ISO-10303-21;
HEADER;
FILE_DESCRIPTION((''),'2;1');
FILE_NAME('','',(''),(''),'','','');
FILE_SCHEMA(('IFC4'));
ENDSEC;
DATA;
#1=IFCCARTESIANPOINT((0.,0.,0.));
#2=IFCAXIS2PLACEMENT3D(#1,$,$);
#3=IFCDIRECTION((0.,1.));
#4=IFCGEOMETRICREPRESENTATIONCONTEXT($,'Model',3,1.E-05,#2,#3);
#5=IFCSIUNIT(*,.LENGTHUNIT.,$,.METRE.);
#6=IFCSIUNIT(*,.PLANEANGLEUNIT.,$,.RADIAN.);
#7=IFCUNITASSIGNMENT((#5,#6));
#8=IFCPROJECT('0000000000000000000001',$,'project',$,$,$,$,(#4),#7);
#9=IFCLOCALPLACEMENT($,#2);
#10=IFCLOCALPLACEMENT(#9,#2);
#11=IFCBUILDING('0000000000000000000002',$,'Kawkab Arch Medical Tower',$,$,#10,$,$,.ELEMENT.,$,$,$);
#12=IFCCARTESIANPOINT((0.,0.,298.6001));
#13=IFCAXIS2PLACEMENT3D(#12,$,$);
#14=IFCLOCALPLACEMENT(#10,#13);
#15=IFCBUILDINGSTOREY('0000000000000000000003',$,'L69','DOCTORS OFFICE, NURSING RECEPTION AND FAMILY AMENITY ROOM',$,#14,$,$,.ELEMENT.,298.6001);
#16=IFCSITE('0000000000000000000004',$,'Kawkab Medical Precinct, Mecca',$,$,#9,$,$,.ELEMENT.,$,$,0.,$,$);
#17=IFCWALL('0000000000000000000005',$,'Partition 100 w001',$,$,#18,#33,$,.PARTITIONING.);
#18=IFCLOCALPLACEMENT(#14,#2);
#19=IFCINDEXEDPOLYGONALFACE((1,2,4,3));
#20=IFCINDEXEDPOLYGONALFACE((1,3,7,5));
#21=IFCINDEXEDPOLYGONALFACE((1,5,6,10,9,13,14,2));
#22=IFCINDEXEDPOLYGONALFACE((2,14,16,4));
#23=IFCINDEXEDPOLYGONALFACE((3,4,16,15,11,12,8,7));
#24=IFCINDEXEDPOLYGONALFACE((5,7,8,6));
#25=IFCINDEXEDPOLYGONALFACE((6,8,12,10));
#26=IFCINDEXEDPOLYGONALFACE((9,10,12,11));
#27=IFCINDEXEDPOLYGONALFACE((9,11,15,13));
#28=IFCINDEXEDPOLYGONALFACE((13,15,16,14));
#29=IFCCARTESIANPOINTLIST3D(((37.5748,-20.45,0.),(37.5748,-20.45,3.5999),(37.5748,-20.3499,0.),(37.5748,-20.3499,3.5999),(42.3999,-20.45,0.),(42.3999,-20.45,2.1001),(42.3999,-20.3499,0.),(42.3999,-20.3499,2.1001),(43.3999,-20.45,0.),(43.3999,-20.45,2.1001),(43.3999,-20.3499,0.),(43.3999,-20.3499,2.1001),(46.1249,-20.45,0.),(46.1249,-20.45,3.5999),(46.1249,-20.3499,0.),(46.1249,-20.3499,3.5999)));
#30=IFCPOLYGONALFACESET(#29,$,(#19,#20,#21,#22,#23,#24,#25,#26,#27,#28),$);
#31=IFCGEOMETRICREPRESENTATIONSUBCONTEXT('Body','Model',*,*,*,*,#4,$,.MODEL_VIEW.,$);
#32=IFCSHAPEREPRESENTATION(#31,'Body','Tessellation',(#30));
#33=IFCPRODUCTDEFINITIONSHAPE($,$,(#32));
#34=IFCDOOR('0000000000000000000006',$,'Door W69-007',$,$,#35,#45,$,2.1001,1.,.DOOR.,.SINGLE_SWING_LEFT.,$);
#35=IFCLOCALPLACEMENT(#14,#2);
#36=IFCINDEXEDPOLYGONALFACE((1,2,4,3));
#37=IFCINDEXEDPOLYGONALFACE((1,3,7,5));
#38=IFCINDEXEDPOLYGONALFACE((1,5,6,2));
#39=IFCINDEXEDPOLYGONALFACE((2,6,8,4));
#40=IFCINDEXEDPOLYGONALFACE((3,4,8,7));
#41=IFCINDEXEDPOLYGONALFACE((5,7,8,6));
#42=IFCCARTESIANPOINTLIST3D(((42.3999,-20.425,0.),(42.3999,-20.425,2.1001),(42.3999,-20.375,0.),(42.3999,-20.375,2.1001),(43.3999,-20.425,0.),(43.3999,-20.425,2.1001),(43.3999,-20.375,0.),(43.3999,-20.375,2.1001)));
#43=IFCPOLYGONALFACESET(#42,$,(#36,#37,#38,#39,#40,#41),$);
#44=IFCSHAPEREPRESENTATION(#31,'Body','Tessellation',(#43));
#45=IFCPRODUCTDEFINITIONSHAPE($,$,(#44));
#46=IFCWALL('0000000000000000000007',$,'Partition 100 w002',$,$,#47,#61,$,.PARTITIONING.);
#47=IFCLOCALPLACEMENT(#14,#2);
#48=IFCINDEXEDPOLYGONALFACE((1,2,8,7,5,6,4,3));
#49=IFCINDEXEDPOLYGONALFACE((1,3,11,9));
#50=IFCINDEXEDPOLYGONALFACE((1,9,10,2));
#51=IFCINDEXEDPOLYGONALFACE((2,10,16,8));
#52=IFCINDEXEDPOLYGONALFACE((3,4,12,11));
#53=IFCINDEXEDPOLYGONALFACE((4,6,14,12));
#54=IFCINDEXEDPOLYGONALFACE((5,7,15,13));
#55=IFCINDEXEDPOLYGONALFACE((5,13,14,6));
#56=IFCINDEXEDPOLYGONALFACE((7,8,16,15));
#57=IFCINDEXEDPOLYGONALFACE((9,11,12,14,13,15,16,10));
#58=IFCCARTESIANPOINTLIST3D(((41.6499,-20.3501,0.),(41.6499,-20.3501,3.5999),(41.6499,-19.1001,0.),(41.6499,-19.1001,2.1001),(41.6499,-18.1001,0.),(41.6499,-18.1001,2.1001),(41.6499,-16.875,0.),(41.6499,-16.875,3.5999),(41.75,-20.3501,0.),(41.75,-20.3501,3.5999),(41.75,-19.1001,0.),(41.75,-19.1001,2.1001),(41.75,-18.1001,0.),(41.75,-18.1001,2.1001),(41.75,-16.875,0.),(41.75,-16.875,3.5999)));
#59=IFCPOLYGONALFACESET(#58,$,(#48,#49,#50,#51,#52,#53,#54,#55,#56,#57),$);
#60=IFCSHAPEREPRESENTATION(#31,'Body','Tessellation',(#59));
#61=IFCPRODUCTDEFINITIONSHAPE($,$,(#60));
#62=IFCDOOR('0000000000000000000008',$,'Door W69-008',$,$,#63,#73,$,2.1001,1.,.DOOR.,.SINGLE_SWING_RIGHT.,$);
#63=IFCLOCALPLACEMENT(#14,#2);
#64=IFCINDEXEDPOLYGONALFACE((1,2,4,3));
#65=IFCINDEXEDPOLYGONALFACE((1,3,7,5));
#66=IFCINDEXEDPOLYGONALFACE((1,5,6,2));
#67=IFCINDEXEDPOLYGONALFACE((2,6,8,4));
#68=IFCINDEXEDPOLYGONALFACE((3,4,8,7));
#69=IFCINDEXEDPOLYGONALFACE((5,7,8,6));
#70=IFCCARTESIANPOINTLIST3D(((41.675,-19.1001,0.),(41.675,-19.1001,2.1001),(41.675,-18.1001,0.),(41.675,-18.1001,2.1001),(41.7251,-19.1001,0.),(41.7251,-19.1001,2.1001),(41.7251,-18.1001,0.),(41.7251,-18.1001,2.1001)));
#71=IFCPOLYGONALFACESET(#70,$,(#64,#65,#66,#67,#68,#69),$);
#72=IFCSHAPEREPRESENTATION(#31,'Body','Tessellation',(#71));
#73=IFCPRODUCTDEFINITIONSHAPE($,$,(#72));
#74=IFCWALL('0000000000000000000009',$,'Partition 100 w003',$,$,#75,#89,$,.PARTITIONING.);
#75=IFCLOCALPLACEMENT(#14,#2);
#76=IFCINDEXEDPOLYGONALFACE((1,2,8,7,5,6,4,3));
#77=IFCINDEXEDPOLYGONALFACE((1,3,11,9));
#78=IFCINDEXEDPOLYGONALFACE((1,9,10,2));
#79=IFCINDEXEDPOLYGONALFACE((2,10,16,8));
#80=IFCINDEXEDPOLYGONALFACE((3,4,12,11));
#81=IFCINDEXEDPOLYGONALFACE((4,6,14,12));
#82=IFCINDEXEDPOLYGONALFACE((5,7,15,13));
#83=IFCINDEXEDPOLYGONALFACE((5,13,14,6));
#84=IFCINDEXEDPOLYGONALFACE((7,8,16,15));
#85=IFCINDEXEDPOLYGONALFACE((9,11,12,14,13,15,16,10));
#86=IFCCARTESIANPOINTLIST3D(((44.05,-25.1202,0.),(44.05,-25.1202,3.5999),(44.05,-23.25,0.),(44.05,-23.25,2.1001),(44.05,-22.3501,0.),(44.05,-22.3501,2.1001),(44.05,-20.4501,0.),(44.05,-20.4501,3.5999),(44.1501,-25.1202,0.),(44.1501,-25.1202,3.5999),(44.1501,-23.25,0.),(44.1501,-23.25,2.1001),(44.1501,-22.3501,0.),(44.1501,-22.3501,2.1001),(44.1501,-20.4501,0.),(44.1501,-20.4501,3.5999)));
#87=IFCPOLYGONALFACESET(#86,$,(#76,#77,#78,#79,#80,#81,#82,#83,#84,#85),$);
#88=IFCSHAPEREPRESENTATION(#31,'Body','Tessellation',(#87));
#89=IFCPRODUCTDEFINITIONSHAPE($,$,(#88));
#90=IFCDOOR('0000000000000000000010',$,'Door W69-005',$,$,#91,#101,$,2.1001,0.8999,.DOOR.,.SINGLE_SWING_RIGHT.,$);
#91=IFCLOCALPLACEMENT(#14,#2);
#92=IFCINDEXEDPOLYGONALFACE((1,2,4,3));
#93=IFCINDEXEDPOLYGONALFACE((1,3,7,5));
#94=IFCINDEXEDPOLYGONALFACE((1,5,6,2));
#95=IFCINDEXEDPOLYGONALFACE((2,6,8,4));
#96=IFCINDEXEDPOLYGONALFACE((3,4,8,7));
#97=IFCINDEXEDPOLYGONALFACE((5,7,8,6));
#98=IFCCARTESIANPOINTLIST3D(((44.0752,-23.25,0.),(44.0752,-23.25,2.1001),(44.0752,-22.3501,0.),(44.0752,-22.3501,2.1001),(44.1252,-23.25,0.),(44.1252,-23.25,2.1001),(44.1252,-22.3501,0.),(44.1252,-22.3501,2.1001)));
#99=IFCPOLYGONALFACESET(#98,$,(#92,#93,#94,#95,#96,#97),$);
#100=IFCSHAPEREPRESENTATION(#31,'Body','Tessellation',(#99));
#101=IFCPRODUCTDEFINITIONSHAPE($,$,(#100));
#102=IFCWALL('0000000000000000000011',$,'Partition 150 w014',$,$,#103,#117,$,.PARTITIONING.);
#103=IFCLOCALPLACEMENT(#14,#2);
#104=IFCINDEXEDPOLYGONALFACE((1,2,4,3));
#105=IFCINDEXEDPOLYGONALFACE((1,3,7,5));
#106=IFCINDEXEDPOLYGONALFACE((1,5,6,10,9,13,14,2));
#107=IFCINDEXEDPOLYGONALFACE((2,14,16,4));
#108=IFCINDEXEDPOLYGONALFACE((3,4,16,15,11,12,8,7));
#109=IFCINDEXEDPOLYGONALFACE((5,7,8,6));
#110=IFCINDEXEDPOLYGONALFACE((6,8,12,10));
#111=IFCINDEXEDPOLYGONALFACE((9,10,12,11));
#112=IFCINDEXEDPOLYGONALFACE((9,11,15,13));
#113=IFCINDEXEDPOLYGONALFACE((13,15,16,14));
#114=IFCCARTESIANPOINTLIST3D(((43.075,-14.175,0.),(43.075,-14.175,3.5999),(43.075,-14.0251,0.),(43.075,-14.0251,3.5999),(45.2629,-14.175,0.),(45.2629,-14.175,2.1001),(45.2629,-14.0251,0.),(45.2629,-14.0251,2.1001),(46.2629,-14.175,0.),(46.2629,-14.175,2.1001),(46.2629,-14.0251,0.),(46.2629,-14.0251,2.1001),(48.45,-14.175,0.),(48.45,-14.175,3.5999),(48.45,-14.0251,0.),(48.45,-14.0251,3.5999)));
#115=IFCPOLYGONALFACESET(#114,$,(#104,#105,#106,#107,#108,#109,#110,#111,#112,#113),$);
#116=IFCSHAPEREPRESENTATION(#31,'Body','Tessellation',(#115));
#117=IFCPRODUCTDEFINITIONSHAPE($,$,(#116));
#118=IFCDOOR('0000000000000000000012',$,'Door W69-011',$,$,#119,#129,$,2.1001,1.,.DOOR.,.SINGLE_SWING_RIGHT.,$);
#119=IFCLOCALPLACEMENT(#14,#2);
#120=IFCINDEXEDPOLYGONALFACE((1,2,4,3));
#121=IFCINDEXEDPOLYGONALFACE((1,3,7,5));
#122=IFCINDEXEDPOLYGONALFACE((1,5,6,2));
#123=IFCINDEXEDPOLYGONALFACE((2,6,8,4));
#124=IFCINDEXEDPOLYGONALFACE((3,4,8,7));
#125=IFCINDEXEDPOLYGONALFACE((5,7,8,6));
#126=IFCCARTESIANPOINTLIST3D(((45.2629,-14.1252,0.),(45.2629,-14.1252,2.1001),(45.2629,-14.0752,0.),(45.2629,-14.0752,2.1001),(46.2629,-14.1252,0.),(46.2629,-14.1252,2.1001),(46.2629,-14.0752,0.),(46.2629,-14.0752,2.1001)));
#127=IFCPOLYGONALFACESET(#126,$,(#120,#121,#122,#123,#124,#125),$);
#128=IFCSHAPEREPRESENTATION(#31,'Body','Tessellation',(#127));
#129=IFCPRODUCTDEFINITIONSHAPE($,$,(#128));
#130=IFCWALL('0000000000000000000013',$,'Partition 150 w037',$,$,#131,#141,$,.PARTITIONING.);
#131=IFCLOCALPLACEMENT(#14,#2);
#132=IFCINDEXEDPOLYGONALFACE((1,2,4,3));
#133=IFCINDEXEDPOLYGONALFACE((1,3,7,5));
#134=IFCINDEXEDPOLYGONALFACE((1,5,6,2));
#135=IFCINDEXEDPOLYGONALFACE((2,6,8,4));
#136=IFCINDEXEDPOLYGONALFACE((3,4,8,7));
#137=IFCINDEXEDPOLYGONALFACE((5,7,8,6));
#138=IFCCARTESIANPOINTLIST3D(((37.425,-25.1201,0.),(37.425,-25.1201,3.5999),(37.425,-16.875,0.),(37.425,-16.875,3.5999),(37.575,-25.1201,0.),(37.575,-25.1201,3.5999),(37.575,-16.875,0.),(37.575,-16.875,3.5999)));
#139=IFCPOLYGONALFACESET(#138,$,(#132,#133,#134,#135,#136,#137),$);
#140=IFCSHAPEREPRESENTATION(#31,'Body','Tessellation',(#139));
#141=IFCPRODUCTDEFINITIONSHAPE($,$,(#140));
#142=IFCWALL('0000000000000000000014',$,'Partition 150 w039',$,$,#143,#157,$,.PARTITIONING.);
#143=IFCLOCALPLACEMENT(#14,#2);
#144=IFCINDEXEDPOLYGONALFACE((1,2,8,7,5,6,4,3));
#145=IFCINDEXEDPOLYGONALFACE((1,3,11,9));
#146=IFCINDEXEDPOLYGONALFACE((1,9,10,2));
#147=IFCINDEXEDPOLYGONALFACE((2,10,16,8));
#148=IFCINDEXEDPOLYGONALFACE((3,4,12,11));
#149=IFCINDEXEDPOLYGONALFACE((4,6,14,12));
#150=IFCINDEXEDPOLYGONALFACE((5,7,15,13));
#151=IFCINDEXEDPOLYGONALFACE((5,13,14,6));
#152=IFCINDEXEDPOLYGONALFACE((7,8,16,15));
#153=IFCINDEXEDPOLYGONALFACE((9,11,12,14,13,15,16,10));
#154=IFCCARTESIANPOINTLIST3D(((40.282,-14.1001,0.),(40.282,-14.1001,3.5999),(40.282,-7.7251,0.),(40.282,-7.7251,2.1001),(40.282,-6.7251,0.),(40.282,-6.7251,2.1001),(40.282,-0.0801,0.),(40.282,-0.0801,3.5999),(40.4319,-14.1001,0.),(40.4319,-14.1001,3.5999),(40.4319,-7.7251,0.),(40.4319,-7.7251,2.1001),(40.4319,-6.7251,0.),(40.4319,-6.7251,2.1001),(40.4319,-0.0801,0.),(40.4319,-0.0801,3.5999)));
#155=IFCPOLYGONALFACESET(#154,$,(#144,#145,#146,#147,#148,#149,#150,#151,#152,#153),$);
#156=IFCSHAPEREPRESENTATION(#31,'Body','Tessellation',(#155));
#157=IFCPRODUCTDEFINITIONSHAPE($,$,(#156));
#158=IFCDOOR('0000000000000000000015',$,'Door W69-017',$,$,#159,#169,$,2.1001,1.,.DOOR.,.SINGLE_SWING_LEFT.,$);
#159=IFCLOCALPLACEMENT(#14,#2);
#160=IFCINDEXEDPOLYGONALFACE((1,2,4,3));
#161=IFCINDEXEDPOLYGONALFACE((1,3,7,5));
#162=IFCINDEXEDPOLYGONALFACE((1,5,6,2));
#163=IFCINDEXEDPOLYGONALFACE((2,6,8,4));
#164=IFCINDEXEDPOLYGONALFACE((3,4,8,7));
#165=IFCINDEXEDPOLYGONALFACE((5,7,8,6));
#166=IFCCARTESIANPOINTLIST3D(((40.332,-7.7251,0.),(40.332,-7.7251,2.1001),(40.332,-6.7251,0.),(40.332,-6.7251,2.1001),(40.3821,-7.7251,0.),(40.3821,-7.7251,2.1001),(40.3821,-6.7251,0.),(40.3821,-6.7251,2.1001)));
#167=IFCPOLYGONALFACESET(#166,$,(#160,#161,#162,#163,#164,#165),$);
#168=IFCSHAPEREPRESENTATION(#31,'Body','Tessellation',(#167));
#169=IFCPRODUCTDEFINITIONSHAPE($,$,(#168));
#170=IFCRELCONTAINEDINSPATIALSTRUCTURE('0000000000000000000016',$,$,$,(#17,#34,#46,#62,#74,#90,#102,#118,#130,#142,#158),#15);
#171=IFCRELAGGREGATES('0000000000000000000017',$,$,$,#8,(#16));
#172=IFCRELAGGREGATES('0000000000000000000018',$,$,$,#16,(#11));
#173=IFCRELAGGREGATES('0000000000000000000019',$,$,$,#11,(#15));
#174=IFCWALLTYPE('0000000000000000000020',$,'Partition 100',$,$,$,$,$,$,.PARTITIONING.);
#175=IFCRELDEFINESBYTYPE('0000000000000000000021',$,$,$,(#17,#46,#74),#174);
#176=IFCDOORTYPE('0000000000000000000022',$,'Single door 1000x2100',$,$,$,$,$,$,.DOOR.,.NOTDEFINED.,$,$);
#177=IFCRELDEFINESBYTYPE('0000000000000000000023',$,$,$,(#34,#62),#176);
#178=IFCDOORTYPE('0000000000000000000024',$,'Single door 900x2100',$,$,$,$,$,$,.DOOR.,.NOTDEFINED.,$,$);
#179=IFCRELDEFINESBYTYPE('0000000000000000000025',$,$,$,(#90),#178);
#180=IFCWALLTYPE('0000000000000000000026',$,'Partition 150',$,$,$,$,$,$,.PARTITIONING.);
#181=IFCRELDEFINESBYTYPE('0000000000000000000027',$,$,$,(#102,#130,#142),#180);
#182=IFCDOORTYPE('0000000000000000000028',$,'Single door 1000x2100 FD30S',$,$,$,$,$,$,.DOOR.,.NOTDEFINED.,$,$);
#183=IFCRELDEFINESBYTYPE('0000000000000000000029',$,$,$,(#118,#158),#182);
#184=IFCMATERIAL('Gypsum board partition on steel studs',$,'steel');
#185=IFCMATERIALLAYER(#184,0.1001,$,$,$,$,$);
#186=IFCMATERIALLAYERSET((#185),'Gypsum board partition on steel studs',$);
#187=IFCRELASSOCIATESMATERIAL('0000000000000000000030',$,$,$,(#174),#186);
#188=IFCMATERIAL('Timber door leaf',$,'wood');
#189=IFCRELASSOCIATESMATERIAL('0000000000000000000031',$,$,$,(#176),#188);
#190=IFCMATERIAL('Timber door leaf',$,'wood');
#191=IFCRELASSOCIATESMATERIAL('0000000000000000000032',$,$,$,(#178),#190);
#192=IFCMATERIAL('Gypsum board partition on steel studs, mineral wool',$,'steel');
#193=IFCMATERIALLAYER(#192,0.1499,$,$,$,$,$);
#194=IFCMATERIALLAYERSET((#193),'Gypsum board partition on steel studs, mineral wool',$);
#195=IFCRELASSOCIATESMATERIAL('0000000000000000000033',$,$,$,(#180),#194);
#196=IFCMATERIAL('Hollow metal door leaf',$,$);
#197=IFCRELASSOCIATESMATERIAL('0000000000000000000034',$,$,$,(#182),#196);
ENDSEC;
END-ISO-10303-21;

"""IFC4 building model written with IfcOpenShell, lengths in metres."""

from ifc_helpers import new_model, si_unit, direction, frame, frame_2d, origin, place, context, subcontext, project, spatial, rectangle, extrude, material, layer, layer_set, type_object, element, fill, save


model = new_model("IFC4")

# Units and contexts
model_context = context("Model", 3, precision=1e-05, world=origin(), true_north=direction((0.0, 1.0)))
body_context = subcontext(model_context, "Body", "Model", "MODEL_VIEW")
ifc_project = project(units=[si_unit("LENGTHUNIT", "METRE"), si_unit("PLANEANGLEUNIT", "RADIAN")], contexts=[model_context])

# Site, building, storey
site_placement = place(None, origin())
site = spatial("IfcSite", under=ifc_project, at=site_placement, Name="Kawkab Medical Precinct, Mecca", CompositionType="ELEMENT", RefElevation=0.0)
building_placement = place(site_placement, origin())
building = spatial("IfcBuilding", under=site, at=building_placement, Name="Kawkab Arch Medical Tower", CompositionType="ELEMENT")
storey_placement = place(building_placement, frame((0.0, 0.0, 298.6001)))
storey = spatial("IfcBuildingStorey", under=building, at=storey_placement, Name="L69", Description="DOCTORS OFFICE, NURSING RECEPTION AND FAMILY AMENITY ROOM", CompositionType="ELEMENT", Elevation=298.6001)

# Walls, openings, doors
ifc_material_1 = material(Name="Gypsum board partition on steel studs", Category="steel")
ifc_layer_1 = layer(ifc_material_1, 0.1001)
ifc_layer_set_1 = layer_set([ifc_layer_1], Name="Gypsum board partition on steel studs")
wall_type_1 = type_object("IfcWallType", Name="Partition 100", PredefinedType="PARTITIONING", material=ifc_layer_set_1)
wall_1_placement = place(storey_placement, frame((37.575, -20.3999, 0.0), z_axis=(0.0, 0.0, 1.0), x_axis=(1.0, 0.0, 0.0)))
wall_1 = element("IfcWall", 1, at=wall_1_placement, inside=storey, type_object=wall_type_1, Name="Partition 100 w001", PredefinedType="PARTITIONING", context=body_context, shape_type="SweptSolid", body=[
    extrude(rectangle(XDim=8.55, YDim=0.1001, at=frame_2d((4.2749, 0.0))), origin(), (0.0, 0.0, 1.0), 3.5999),
])
opening_1_placement = place(wall_1_placement, frame((4.825, 0.0, 0.0)))
opening_1 = element("IfcOpeningElement", 2, at=opening_1_placement, cuts=wall_1, PredefinedType="OPENING", context=body_context, shape_type="SweptSolid", body=[
    extrude(rectangle(XDim=1.0, YDim=2.1001, at=frame_2d((0.5, 1.05))), frame((0.0, 0.0601, 0.0), z_axis=(0.0, -1.0, 0.0), x_axis=(1.0, 0.0, 0.0)), (0.0, 0.0, 1.0), 0.1201),
])
ifc_material_2 = material(Name="Timber door leaf", Category="wood")
door_type_1 = type_object("IfcDoorType", Name="Single door 1000x2100", OperationType="NOTDEFINED", PredefinedType="DOOR", material=ifc_material_2)
door_1_placement = place(opening_1_placement, origin())
door_1 = element("IfcDoor", 3, at=door_1_placement, inside=storey, type_object=door_type_1, Name="Door W69-007", OperationType="SINGLE_SWING_LEFT", OverallHeight=2.1001, OverallWidth=1.0, PredefinedType="DOOR", context=body_context, shape_type="SweptSolid", body=[
    extrude(rectangle(XDim=1.0, YDim=2.1001, at=frame_2d((0.5, 1.05))), frame((0.0, 0.0249, 0.0), z_axis=(0.0, -1.0, 0.0), x_axis=(1.0, 0.0, 0.0)), (0.0, 0.0, 1.0), 0.05),
])
fill(opening_1, door_1)
wall_2_placement = place(storey_placement, frame((41.7, -20.3501, 0.0), z_axis=(0.0, 0.0, 1.0), x_axis=(0.0, 1.0, 0.0)))
wall_2 = element("IfcWall", 4, at=wall_2_placement, inside=storey, type_object=wall_type_1, Name="Partition 100 w002", PredefinedType="PARTITIONING", context=body_context, shape_type="SweptSolid", body=[
    extrude(rectangle(XDim=3.4751, YDim=0.1001, at=frame_2d((1.7375, 0.0))), origin(), (0.0, 0.0, 1.0), 3.5999),
])
opening_2_placement = place(wall_2_placement, frame((1.25, 0.0, 0.0)))
opening_2 = element("IfcOpeningElement", 5, at=opening_2_placement, cuts=wall_2, PredefinedType="OPENING", context=body_context, shape_type="SweptSolid", body=[
    extrude(rectangle(XDim=1.0, YDim=2.1001, at=frame_2d((0.5, 1.05))), frame((0.0, 0.0601, 0.0), z_axis=(0.0, -1.0, 0.0), x_axis=(1.0, 0.0, 0.0)), (0.0, 0.0, 1.0), 0.1201),
])
door_2_placement = place(opening_2_placement, origin())
door_2 = element("IfcDoor", 6, at=door_2_placement, inside=storey, type_object=door_type_1, Name="Door W69-008", OperationType="SINGLE_SWING_RIGHT", OverallHeight=2.1001, OverallWidth=1.0, PredefinedType="DOOR", context=body_context, shape_type="SweptSolid", body=[
    extrude(rectangle(XDim=1.0, YDim=2.1001, at=frame_2d((0.5, 1.05))), frame((0.0, 0.0249, 0.0), z_axis=(0.0, -1.0, 0.0), x_axis=(1.0, 0.0, 0.0)), (0.0, 0.0, 1.0), 0.05),
])
fill(opening_2, door_2)
wall_3_placement = place(storey_placement, frame((44.1001, -25.1201, 0.0), z_axis=(0.0, 0.0, 1.0), x_axis=(0.0, 1.0, 0.0)))
wall_3 = element("IfcWall", 7, at=wall_3_placement, inside=storey, type_object=wall_type_1, Name="Partition 100 w003", PredefinedType="PARTITIONING", context=body_context, shape_type="SweptSolid", body=[
    extrude(rectangle(XDim=4.6702, YDim=0.1001, at=frame_2d((2.335, 0.0))), origin(), (0.0, 0.0, 1.0), 3.5999),
])
opening_3_placement = place(wall_3_placement, frame((1.8701, 0.0, 0.0)))
opening_3 = element("IfcOpeningElement", 8, at=opening_3_placement, cuts=wall_3, PredefinedType="OPENING", context=body_context, shape_type="SweptSolid", body=[
    extrude(rectangle(XDim=0.8999, YDim=2.1001, at=frame_2d((0.45, 1.05))), frame((0.0, 0.0601, 0.0), z_axis=(0.0, -1.0, 0.0), x_axis=(1.0, 0.0, 0.0)), (0.0, 0.0, 1.0), 0.1201),
])
ifc_material_3 = material(Name="Timber door leaf", Category="wood")
door_type_2 = type_object("IfcDoorType", Name="Single door 900x2100", OperationType="NOTDEFINED", PredefinedType="DOOR", material=ifc_material_3)
door_3_placement = place(opening_3_placement, origin())
door_3 = element("IfcDoor", 9, at=door_3_placement, inside=storey, type_object=door_type_2, Name="Door W69-005", OperationType="SINGLE_SWING_RIGHT", OverallHeight=2.1001, OverallWidth=0.8999, PredefinedType="DOOR", context=body_context, shape_type="SweptSolid", body=[
    extrude(rectangle(XDim=0.8999, YDim=2.1001, at=frame_2d((0.45, 1.05))), frame((0.0, 0.0249, 0.0), z_axis=(0.0, -1.0, 0.0), x_axis=(1.0, 0.0, 0.0)), (0.0, 0.0, 1.0), 0.05),
])
fill(opening_3, door_3)
ifc_material_4 = material(Name="Gypsum board partition on steel studs, mineral wool", Category="steel")
ifc_layer_2 = layer(ifc_material_4, 0.1499)
ifc_layer_set_2 = layer_set([ifc_layer_2], Name="Gypsum board partition on steel studs, mineral wool")
wall_type_2 = type_object("IfcWallType", Name="Partition 150", PredefinedType="PARTITIONING", material=ifc_layer_set_2)
wall_4_placement = place(storey_placement, frame((43.075, -14.1001, 0.0), z_axis=(0.0, 0.0, 1.0), x_axis=(1.0, 0.0, 0.0)))
wall_4 = element("IfcWall", 10, at=wall_4_placement, inside=storey, type_object=wall_type_2, Name="Partition 150 w014", PredefinedType="PARTITIONING", context=body_context, shape_type="SweptSolid", body=[
    extrude(rectangle(XDim=5.375, YDim=0.1499, at=frame_2d((2.6875, 0.0))), origin(), (0.0, 0.0, 1.0), 3.5999),
])
opening_4_placement = place(wall_4_placement, frame((2.188, 0.0, 0.0)))
opening_4 = element("IfcOpeningElement", 11, at=opening_4_placement, cuts=wall_4, PredefinedType="OPENING", context=body_context, shape_type="SweptSolid", body=[
    extrude(rectangle(XDim=1.0, YDim=2.1001, at=frame_2d((0.5, 1.05))), frame((0.0, 0.085, 0.0), z_axis=(0.0, -1.0, 0.0), x_axis=(1.0, 0.0, 0.0)), (0.0, 0.0, 1.0), 0.1699),
])
ifc_material_5 = material(Name="Hollow metal door leaf")
door_type_3 = type_object("IfcDoorType", Name="Single door 1000x2100 FD30S", OperationType="NOTDEFINED", PredefinedType="DOOR", material=ifc_material_5)
door_4_placement = place(opening_4_placement, origin())
door_4 = element("IfcDoor", 12, at=door_4_placement, inside=storey, type_object=door_type_3, Name="Door W69-011", OperationType="SINGLE_SWING_RIGHT", OverallHeight=2.1001, OverallWidth=1.0, PredefinedType="DOOR", context=body_context, shape_type="SweptSolid", body=[
    extrude(rectangle(XDim=1.0, YDim=2.1001, at=frame_2d((0.5, 1.05))), frame((0.0, 0.0249, 0.0), z_axis=(0.0, -1.0, 0.0), x_axis=(1.0, 0.0, 0.0)), (0.0, 0.0, 1.0), 0.05),
])
fill(opening_4, door_4)

# Wall
wall_5_placement = place(storey_placement, frame((37.5, -25.1201, 0.0), z_axis=(0.0, 0.0, 1.0), x_axis=(0.0, 1.0, 0.0)))
element("IfcWall", 13, at=wall_5_placement, inside=storey, type_object=wall_type_2, Name="Partition 150 w037", PredefinedType="PARTITIONING", context=body_context, shape_type="SweptSolid", body=[
    extrude(rectangle(XDim=8.2451, YDim=0.1499, at=frame_2d((4.1226, 0.0))), origin(), (0.0, 0.0, 1.0), 3.5999),
])

# Wall, opening, door
wall_6_placement = place(storey_placement, frame((40.3569, -14.1001, 0.0), z_axis=(0.0, 0.0, 1.0), x_axis=(0.0, 1.0, 0.0)))
wall_6 = element("IfcWall", 14, at=wall_6_placement, inside=storey, type_object=wall_type_2, Name="Partition 150 w039", PredefinedType="PARTITIONING", context=body_context, shape_type="SweptSolid", body=[
    extrude(rectangle(XDim=14.02, YDim=0.1499, at=frame_2d((7.01, 0.0))), origin(), (0.0, 0.0, 1.0), 3.5999),
])
opening_5_placement = place(wall_6_placement, frame((6.375, 0.0, 0.0)))
opening_5 = element("IfcOpeningElement", 15, at=opening_5_placement, cuts=wall_6, PredefinedType="OPENING", context=body_context, shape_type="SweptSolid", body=[
    extrude(rectangle(XDim=1.0, YDim=2.1001, at=frame_2d((0.5, 1.05))), frame((0.0, 0.085, 0.0), z_axis=(0.0, -1.0, 0.0), x_axis=(1.0, 0.0, 0.0)), (0.0, 0.0, 1.0), 0.1699),
])
door_5_placement = place(opening_5_placement, origin())
door_5 = element("IfcDoor", 16, at=door_5_placement, inside=storey, type_object=door_type_3, Name="Door W69-017", OperationType="SINGLE_SWING_LEFT", OverallHeight=2.1001, OverallWidth=1.0, PredefinedType="DOOR", context=body_context, shape_type="SweptSolid", body=[
    extrude(rectangle(XDim=1.0, YDim=2.1001, at=frame_2d((0.5, 1.05))), frame((0.0, 0.0249, 0.0), z_axis=(0.0, -1.0, 0.0), x_axis=(1.0, 0.0, 0.0)), (0.0, 0.0, 1.0), 0.05),
])
fill(opening_5, door_5)

save(model, "model.ifc")
